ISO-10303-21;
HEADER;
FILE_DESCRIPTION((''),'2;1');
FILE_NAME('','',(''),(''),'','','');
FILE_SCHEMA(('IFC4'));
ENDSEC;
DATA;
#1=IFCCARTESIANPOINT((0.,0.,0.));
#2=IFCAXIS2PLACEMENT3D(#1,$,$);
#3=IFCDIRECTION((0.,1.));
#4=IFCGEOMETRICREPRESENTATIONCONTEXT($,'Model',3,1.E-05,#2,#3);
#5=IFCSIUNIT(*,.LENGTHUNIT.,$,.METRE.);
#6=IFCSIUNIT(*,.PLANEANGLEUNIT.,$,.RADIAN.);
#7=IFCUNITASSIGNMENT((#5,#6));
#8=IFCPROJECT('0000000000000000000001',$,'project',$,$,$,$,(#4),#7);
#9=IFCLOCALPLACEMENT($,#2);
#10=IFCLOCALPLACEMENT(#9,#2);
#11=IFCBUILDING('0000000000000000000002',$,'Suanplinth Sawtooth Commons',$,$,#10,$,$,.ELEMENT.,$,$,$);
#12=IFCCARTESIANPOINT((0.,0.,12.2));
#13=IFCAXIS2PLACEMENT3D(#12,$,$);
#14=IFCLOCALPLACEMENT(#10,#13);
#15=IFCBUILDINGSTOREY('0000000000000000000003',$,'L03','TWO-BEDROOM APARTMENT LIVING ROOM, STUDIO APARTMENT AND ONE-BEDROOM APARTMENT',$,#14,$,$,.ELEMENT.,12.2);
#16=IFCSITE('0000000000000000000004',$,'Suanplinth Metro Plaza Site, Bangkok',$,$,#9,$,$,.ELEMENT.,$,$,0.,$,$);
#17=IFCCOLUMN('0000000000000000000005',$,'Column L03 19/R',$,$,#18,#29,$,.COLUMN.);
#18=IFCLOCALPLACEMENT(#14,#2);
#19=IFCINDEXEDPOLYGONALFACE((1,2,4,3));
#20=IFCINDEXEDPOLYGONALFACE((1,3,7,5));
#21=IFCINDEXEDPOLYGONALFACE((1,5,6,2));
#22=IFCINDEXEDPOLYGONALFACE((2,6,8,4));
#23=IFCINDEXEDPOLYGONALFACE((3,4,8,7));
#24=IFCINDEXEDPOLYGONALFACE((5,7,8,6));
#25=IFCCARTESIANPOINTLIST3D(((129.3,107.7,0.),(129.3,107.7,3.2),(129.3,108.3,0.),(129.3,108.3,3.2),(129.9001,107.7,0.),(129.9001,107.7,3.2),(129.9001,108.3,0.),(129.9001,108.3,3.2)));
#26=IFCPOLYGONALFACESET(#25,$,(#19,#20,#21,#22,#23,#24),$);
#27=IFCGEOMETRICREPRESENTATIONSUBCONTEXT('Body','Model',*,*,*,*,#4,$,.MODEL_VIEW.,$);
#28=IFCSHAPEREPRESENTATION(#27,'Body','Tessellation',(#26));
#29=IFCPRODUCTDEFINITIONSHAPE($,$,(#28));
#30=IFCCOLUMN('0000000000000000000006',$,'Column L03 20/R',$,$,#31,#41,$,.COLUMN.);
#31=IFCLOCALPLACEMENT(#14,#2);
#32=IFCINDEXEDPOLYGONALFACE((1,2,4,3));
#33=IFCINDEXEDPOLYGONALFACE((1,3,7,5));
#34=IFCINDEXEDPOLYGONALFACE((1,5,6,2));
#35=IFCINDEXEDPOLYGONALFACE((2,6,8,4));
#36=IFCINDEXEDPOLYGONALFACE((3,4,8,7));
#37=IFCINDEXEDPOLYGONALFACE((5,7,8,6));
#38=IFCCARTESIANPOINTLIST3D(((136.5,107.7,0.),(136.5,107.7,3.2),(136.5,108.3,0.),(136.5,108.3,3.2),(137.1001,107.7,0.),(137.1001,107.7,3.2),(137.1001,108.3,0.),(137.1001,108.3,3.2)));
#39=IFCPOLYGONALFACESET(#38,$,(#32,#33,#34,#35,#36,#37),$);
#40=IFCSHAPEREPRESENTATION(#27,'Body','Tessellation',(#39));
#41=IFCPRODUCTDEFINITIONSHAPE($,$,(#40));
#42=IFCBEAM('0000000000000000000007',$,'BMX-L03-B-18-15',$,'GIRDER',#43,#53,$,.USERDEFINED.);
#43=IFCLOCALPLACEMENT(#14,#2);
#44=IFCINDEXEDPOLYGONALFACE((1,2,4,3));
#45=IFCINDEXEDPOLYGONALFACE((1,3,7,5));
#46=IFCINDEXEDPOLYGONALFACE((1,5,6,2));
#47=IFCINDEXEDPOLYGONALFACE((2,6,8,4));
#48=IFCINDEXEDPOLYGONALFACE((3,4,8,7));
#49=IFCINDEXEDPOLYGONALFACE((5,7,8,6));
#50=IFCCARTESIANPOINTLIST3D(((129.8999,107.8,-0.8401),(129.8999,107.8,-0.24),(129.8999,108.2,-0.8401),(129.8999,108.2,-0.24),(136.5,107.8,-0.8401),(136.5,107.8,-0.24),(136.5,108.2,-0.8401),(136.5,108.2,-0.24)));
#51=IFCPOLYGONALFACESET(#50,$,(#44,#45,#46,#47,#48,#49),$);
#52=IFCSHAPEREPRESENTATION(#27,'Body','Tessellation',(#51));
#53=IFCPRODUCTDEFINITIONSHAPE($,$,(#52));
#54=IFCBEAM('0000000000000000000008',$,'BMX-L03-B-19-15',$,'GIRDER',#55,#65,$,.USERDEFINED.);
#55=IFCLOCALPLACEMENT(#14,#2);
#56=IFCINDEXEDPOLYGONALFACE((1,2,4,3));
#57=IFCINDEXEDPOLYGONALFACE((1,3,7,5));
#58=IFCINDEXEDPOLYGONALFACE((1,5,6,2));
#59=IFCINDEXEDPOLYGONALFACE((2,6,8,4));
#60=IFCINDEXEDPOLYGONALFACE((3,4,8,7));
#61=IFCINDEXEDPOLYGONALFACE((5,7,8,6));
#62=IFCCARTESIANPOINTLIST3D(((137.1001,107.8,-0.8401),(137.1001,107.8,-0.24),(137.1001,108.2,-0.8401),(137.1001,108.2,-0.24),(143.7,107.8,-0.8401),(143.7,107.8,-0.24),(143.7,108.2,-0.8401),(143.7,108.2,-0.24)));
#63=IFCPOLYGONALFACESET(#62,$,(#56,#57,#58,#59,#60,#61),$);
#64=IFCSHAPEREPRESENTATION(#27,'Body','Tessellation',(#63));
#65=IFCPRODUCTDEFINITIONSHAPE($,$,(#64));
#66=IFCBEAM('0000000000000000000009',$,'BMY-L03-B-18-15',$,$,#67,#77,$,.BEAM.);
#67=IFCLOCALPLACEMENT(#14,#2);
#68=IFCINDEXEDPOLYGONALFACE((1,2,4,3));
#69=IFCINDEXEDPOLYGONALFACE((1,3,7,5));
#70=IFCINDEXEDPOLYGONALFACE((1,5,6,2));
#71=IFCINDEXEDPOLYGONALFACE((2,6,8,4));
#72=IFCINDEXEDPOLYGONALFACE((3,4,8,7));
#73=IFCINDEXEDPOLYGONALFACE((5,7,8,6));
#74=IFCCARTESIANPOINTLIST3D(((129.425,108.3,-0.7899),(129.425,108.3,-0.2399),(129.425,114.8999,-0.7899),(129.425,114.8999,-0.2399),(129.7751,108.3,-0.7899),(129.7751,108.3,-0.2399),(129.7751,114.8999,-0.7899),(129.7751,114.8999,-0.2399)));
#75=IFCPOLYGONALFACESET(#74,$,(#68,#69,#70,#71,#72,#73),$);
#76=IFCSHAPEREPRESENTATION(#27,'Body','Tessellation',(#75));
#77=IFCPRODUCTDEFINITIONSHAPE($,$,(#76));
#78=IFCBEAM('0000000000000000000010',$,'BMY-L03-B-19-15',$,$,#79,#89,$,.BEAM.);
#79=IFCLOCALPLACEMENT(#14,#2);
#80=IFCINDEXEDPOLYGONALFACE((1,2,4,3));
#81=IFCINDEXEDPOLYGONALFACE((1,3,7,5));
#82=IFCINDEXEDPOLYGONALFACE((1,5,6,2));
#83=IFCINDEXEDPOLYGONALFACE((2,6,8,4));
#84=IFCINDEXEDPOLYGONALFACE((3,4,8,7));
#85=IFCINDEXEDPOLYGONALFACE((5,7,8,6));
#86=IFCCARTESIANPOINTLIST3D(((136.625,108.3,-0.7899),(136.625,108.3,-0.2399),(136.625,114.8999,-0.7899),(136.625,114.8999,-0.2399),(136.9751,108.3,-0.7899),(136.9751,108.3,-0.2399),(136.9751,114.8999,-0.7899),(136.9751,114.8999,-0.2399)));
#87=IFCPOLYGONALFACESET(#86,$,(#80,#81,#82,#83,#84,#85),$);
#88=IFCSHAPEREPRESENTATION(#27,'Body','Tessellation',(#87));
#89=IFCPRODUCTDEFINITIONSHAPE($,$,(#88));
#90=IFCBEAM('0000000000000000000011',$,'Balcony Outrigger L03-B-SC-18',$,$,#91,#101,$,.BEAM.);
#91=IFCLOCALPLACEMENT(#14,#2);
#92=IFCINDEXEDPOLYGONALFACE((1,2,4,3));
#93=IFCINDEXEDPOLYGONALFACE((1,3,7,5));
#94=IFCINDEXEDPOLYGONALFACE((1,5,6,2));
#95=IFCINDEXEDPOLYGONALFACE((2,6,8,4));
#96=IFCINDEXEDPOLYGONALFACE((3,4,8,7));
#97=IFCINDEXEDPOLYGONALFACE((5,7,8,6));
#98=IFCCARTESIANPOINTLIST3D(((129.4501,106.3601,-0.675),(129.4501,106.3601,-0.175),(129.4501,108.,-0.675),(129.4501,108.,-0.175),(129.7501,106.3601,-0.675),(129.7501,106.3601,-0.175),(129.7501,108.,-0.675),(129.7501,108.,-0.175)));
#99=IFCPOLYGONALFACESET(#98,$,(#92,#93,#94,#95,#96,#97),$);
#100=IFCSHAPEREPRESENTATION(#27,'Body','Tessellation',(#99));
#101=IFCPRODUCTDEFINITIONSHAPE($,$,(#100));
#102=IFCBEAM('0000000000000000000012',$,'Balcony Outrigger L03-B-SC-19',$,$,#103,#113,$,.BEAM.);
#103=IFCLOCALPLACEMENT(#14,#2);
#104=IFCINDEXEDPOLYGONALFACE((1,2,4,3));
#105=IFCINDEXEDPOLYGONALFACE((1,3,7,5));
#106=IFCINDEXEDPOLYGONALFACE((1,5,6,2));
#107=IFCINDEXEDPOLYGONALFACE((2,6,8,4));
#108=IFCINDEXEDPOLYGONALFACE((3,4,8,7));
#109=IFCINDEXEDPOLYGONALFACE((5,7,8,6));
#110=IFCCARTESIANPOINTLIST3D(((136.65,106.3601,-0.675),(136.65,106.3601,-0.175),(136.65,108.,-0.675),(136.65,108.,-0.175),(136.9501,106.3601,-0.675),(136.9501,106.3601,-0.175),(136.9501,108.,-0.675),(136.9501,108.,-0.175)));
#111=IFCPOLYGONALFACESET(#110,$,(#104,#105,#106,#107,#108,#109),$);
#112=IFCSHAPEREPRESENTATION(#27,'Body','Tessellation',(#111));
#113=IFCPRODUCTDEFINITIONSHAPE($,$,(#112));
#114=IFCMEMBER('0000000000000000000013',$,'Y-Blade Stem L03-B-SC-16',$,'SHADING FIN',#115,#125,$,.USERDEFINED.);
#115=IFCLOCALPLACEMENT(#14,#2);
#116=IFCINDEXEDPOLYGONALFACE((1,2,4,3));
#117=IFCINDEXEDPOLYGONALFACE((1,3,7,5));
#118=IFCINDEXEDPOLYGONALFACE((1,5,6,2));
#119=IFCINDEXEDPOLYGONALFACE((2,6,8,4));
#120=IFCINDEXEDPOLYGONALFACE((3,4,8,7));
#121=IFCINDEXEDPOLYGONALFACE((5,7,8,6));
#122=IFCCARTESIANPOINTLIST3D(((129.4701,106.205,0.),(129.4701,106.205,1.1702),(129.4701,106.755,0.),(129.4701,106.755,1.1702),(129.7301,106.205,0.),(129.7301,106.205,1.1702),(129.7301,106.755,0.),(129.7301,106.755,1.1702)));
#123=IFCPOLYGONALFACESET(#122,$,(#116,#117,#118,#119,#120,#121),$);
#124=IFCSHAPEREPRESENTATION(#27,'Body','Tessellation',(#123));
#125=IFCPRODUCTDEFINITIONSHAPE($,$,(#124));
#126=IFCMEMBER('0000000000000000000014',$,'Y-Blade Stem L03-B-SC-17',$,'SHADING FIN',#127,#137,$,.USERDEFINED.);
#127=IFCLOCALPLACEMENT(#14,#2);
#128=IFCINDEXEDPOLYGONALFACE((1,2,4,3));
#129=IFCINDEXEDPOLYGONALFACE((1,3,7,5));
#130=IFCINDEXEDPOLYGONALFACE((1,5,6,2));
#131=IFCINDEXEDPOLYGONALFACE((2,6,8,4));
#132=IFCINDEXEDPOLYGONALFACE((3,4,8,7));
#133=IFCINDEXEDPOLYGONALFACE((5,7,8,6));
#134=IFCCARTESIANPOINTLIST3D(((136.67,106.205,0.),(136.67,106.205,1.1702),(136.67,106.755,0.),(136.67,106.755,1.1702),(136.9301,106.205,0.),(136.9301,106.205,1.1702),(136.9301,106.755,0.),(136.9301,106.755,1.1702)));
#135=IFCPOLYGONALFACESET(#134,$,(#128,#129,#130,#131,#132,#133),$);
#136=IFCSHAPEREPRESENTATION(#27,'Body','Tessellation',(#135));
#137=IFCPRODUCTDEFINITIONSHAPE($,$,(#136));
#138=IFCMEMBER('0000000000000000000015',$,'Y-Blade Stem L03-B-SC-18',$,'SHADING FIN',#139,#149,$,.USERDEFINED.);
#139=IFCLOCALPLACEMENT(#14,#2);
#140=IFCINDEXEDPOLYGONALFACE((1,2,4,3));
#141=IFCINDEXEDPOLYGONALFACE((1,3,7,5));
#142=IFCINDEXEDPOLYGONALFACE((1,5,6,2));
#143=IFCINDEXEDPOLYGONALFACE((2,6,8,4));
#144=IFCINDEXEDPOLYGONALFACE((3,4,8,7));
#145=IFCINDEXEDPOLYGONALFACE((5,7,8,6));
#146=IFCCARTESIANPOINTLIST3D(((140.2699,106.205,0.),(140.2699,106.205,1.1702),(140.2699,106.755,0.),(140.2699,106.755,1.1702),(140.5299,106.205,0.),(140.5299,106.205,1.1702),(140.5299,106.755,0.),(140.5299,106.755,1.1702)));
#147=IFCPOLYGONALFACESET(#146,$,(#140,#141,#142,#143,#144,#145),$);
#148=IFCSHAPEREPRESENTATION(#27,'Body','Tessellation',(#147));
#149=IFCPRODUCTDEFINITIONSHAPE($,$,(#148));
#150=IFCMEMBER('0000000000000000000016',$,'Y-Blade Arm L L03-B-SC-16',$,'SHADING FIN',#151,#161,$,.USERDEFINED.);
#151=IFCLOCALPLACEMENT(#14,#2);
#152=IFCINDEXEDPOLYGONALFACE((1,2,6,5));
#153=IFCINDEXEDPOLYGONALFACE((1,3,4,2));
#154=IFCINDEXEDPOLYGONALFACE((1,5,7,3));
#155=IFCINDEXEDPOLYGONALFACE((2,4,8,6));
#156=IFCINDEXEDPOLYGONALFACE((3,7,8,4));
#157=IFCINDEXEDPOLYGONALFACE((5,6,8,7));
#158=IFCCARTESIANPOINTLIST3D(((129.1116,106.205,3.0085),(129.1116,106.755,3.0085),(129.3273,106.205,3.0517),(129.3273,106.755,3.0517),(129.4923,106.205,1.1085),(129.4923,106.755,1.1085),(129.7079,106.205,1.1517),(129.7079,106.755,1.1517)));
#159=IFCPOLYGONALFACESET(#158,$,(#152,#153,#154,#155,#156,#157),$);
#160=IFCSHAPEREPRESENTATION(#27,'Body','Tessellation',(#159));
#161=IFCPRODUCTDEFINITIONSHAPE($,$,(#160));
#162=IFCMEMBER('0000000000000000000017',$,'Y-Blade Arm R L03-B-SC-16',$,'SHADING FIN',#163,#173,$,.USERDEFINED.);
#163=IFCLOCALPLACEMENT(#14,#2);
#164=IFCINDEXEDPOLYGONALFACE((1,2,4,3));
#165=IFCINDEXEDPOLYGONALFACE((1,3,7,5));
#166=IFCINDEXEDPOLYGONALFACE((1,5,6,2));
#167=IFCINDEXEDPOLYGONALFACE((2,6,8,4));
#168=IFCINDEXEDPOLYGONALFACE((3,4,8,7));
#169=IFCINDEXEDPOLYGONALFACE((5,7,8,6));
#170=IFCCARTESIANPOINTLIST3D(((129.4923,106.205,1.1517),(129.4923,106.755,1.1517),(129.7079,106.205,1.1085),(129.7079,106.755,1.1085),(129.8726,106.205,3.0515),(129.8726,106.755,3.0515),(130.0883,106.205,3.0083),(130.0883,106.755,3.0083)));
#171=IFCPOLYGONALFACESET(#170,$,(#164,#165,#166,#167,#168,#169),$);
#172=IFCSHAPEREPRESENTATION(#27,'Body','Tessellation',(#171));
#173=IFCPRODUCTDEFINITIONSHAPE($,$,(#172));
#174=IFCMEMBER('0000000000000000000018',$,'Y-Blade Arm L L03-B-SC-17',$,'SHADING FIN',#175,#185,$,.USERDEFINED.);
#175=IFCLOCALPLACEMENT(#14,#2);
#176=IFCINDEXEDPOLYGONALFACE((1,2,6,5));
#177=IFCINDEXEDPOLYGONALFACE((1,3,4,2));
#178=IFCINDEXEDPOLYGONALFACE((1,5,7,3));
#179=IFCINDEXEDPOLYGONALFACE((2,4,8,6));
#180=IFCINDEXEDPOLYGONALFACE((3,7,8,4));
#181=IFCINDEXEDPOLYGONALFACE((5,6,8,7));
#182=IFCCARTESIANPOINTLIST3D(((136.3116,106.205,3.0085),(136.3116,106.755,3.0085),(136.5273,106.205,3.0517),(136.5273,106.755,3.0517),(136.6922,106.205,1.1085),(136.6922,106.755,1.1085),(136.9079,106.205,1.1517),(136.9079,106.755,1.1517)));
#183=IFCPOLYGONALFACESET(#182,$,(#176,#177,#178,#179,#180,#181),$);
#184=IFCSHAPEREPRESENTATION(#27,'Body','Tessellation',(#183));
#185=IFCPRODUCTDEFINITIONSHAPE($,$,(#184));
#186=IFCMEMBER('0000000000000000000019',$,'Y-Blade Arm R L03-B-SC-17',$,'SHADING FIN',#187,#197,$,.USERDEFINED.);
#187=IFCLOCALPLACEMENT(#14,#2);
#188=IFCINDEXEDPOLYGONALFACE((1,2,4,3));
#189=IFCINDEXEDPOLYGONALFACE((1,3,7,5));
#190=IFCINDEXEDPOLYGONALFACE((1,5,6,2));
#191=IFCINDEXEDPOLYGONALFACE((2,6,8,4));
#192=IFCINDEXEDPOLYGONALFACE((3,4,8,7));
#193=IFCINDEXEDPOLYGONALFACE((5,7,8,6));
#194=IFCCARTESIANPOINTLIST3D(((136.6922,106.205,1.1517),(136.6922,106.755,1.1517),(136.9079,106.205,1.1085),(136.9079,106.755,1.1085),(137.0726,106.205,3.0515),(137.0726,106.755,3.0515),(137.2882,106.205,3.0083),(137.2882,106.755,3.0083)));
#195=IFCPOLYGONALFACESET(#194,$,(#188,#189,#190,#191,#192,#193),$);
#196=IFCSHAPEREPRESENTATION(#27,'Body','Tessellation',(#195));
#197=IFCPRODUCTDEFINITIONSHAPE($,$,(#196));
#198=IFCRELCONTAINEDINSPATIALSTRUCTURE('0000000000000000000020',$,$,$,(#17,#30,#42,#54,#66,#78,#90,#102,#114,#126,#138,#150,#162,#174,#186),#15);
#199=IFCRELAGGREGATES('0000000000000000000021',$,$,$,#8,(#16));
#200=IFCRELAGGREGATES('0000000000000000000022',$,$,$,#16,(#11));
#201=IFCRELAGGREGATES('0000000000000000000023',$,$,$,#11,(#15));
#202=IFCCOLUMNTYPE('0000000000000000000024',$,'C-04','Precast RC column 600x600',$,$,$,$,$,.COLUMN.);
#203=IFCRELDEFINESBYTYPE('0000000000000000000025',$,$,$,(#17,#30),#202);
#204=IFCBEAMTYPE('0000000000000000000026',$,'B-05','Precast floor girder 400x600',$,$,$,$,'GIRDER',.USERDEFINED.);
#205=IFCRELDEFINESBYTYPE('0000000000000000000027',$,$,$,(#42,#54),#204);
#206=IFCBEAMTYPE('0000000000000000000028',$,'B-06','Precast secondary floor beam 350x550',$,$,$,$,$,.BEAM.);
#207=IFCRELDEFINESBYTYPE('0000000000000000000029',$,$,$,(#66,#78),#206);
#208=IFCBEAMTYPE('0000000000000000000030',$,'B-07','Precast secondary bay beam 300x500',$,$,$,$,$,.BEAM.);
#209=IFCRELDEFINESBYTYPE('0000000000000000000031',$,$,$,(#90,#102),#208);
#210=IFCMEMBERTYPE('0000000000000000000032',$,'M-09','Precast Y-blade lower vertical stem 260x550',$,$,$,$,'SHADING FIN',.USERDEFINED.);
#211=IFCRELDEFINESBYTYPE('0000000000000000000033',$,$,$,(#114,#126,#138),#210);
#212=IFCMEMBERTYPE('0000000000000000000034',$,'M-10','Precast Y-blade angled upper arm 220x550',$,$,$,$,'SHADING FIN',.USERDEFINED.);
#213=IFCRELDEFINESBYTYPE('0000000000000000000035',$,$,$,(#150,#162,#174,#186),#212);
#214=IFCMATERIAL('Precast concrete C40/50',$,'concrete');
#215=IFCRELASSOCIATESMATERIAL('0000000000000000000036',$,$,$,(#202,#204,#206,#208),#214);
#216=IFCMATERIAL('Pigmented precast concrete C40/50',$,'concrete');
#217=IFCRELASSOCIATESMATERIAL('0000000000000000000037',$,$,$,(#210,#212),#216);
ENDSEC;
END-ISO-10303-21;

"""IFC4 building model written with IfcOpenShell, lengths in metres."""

from ifc_helpers import new_model, si_unit, direction, frame, origin, origin_2d, place, context, subcontext, project, spatial, rectangle, extrude, material, material_profile, profile_set, type_object, element, save


model = new_model("IFC4")

# Units and contexts
model_context = context("Model", 3, precision=1e-05, world=origin(), true_north=direction((0.0, 1.0)))
body_context = subcontext(model_context, "Body", "Model", "MODEL_VIEW")
ifc_project = project(units=[si_unit("LENGTHUNIT", "METRE"), si_unit("PLANEANGLEUNIT", "RADIAN")], contexts=[model_context])

# Site, building, storey
site_placement = place(None, origin())
site = spatial("IfcSite", under=ifc_project, at=site_placement, Name="Suanplinth Metro Plaza Site, Bangkok", CompositionType="ELEMENT", RefElevation=0.0)
building_placement = place(site_placement, origin())
building = spatial("IfcBuilding", under=site, at=building_placement, Name="Suanplinth Sawtooth Commons", CompositionType="ELEMENT")
storey_placement = place(building_placement, frame((0.0, 0.0, 12.2)))
storey = spatial("IfcBuildingStorey", under=building, at=storey_placement, Name="L03", Description="TWO-BEDROOM APARTMENT LIVING ROOM, STUDIO APARTMENT AND ONE-BEDROOM APARTMENT", CompositionType="ELEMENT", Elevation=12.2)

# Columns
ifc_material_1 = material(Name="Precast concrete C40/50", Category="concrete")
ifc_material_profile_1 = material_profile(ifc_material_1, rectangle(XDim=0.6001, YDim=0.6001, at=origin_2d()), Name="PC-COL 600x600")
ifc_profile_set_1 = profile_set([ifc_material_profile_1], Name="Precast concrete C40/50")
column_type = type_object("IfcColumnType", Name="C-04", Description="Precast RC column 600x600", PredefinedType="COLUMN", material=ifc_profile_set_1)
for number, where, z_axis, x_axis, name in (
    (1, (129.6001, 108.0, 0.0), (0.0, 0.0, 1.0), (1.0, 0.0, 0.0), "Column L03 19/R"),
    (2, (136.8, 108.0, 0.0), (0.0, 0.0, 1.0), (1.0, 0.0, 0.0), "Column L03 20/R"),
):
    element("IfcColumn", number, at=place(storey_placement, frame(where, z_axis=z_axis, x_axis=x_axis)), inside=storey, type_object=column_type, Name=name, PredefinedType="COLUMN", context=body_context, shape_type="SweptSolid", body=[
        extrude(rectangle(XDim=0.6001, YDim=0.6001, at=origin_2d()), origin(), (0.0, 0.0, 1.0), 3.2),
    ])

# Beams
ifc_material_profile_2 = material_profile(ifc_material_1, rectangle(XDim=0.3999, YDim=0.6001, at=origin_2d()), Name="PC-GDR 400x600")
ifc_profile_set_2 = profile_set([ifc_material_profile_2], Name="Precast concrete C40/50")
beam_type_1 = type_object("IfcBeamType", Name="B-05", Description="Precast floor girder 400x600", ElementType="GIRDER", PredefinedType="USERDEFINED", material=ifc_profile_set_2)
beam_1_placement = place(storey_placement, frame((129.8999, 108.0, -0.54), z_axis=(1.0, 0.0, 0.0), x_axis=(0.0, 1.0, 0.0)))
element("IfcBeam", 3, at=beam_1_placement, inside=storey, type_object=beam_type_1, Name="BMX-L03-B-18-15", ObjectType="GIRDER", PredefinedType="USERDEFINED", context=body_context, shape_type="SweptSolid", body=[
    extrude(rectangle(XDim=0.3999, YDim=0.6001, at=origin_2d()), origin(), (0.0, 0.0, 1.0), 6.6001),
])
beam_2_placement = place(storey_placement, frame((137.1001, 108.0, -0.54), z_axis=(1.0, 0.0, 0.0), x_axis=(0.0, 1.0, 0.0)))
element("IfcBeam", 4, at=beam_2_placement, inside=storey, type_object=beam_type_1, Name="BMX-L03-B-19-15", ObjectType="GIRDER", PredefinedType="USERDEFINED", context=body_context, shape_type="SweptSolid", body=[
    extrude(rectangle(XDim=0.3999, YDim=0.6001, at=origin_2d()), origin(), (0.0, 0.0, 1.0), 6.5999),
])
ifc_material_profile_3 = material_profile(ifc_material_1, rectangle(XDim=0.3501, YDim=0.55, at=origin_2d()), Name="PC-BM 350x550")
ifc_profile_set_3 = profile_set([ifc_material_profile_3], Name="Precast concrete C40/50")
beam_type_2 = type_object("IfcBeamType", Name="B-06", Description="Precast secondary floor beam 350x550", PredefinedType="BEAM", material=ifc_profile_set_3)
for number, where, z_axis, x_axis, name in (
    (5, (129.6001, 108.3, -0.5149), (0.0, 1.0, 0.0), (-1.0, 0.0, 0.0), "BMY-L03-B-18-15"),
    (6, (136.8, 108.3, -0.5149), (0.0, 1.0, 0.0), (-1.0, 0.0, 0.0), "BMY-L03-B-19-15"),
):
    element("IfcBeam", number, at=place(storey_placement, frame(where, z_axis=z_axis, x_axis=x_axis)), inside=storey, type_object=beam_type_2, Name=name, PredefinedType="BEAM", context=body_context, shape_type="SweptSolid", body=[
        extrude(rectangle(XDim=0.3501, YDim=0.55, at=origin_2d()), origin(), (0.0, 0.0, 1.0), 6.5999),
    ])
ifc_material_profile_4 = material_profile(ifc_material_1, rectangle(XDim=0.3, YDim=0.5, at=origin_2d()), Name="PC-BM 300x500")
ifc_profile_set_4 = profile_set([ifc_material_profile_4], Name="Precast concrete C40/50")
beam_type_3 = type_object("IfcBeamType", Name="B-07", Description="Precast secondary bay beam 300x500", PredefinedType="BEAM", material=ifc_profile_set_4)
for number, where, z_axis, x_axis, name in (
    (7, (129.6001, 108.0, -0.425), (0.0, -1.0, 0.0), (1.0, 0.0, 0.0), "Balcony Outrigger L03-B-SC-18"),
    (8, (136.8, 108.0, -0.425), (0.0, -1.0, 0.0), (1.0, 0.0, 0.0), "Balcony Outrigger L03-B-SC-19"),
):
    element("IfcBeam", number, at=place(storey_placement, frame(where, z_axis=z_axis, x_axis=x_axis)), inside=storey, type_object=beam_type_3, Name=name, PredefinedType="BEAM", context=body_context, shape_type="SweptSolid", body=[
        extrude(rectangle(XDim=0.3, YDim=0.5, at=origin_2d()), origin(), (0.0, 0.0, 1.0), 1.6399),
    ])

# Members
ifc_material_2 = material(Name="Pigmented precast concrete C40/50", Category="concrete")
ifc_material_profile_5 = material_profile(ifc_material_2, rectangle(XDim=0.26, YDim=0.55, at=origin_2d()), Name="PC-FIN 260x550")
ifc_profile_set_5 = profile_set([ifc_material_profile_5], Name="Pigmented precast concrete C40/50")
member_type_1 = type_object("IfcMemberType", Name="M-09", Description="Precast Y-blade lower vertical stem 260x550", ElementType="SHADING FIN", PredefinedType="USERDEFINED", material=ifc_profile_set_5)
for number, where, z_axis, x_axis, name in (
    (9, (129.6001, 106.48, 0.0), (0.0, 0.0, 1.0), (1.0, 0.0, 0.0), "Y-Blade Stem L03-B-SC-16"),
    (10, (136.8, 106.48, 0.0), (0.0, 0.0, 1.0), (1.0, 0.0, 0.0), "Y-Blade Stem L03-B-SC-17"),
    (11, (140.3999, 106.48, 0.0), (0.0, 0.0, 1.0), (1.0, 0.0, 0.0), "Y-Blade Stem L03-B-SC-18"),
):
    element("IfcMember", number, at=place(storey_placement, frame(where, z_axis=z_axis, x_axis=x_axis)), inside=storey, type_object=member_type_1, Name=name, ObjectType="SHADING FIN", PredefinedType="USERDEFINED", context=body_context, shape_type="SweptSolid", body=[
        extrude(rectangle(XDim=0.26, YDim=0.55, at=origin_2d()), origin(), (0.0, 0.0, 1.0), 1.1702),
    ])
ifc_material_profile_6 = material_profile(ifc_material_2, rectangle(XDim=0.22, YDim=0.55, at=origin_2d()), Name="PC-FIN 220x550")
ifc_profile_set_6 = profile_set([ifc_material_profile_6], Name="Pigmented precast concrete C40/50")
member_type_2 = type_object("IfcMemberType", Name="M-10", Description="Precast Y-blade angled upper arm 220x550", ElementType="SHADING FIN", PredefinedType="USERDEFINED", material=ifc_profile_set_6)
member_1_placement = place(storey_placement, frame((129.6001, 106.48, 1.1301), z_axis=(-0.196431, 0.0, 0.980518), x_axis=(0.980518, 0.0, 0.196431)))
element("IfcMember", 12, at=member_1_placement, inside=storey, type_object=member_type_2, Name="Y-Blade Arm L L03-B-SC-16", ObjectType="SHADING FIN", PredefinedType="USERDEFINED", context=body_context, shape_type="SweptSolid", body=[
    extrude(rectangle(XDim=0.22, YDim=0.55, at=origin_2d()), origin(), (0.0, 0.0, 1.0), 1.9377),
])
member_2_placement = place(storey_placement, frame((129.6001, 106.48, 1.1301), z_axis=(0.19631, 0.0, 0.980542), x_axis=(-0.980542, 0.0, 0.19631)))
element("IfcMember", 13, at=member_2_placement, inside=storey, type_object=member_type_2, Name="Y-Blade Arm R L03-B-SC-16", ObjectType="SHADING FIN", PredefinedType="USERDEFINED", context=body_context, shape_type="SweptSolid", body=[
    extrude(rectangle(XDim=0.22, YDim=0.55, at=origin_2d()), origin(), (0.0, 0.0, 1.0), 1.9375),
])
member_3_placement = place(storey_placement, frame((136.8, 106.48, 1.1301), z_axis=(-0.196431, 0.0, 0.980518), x_axis=(0.980518, 0.0, 0.196431)))
element("IfcMember", 14, at=member_3_placement, inside=storey, type_object=member_type_2, Name="Y-Blade Arm L L03-B-SC-17", ObjectType="SHADING FIN", PredefinedType="USERDEFINED", context=body_context, shape_type="SweptSolid", body=[
    extrude(rectangle(XDim=0.22, YDim=0.55, at=origin_2d()), origin(), (0.0, 0.0, 1.0), 1.9377),
])
for number, where, z_axis, x_axis, name in (
    (15, (136.8, 106.48, 1.1301), (0.19631, 0.0, 0.980542), (-0.980542, 0.0, 0.19631), "Y-Blade Arm R L03-B-SC-17"),
):
    element("IfcMember", number, at=place(storey_placement, frame(where, z_axis=z_axis, x_axis=x_axis)), inside=storey, type_object=member_type_2, Name=name, ObjectType="SHADING FIN", PredefinedType="USERDEFINED", context=body_context, shape_type="SweptSolid", body=[
        extrude(rectangle(XDim=0.22, YDim=0.55, at=origin_2d()), origin(), (0.0, 0.0, 1.0), 1.9375),
    ])

save(model, "model.ifc")
